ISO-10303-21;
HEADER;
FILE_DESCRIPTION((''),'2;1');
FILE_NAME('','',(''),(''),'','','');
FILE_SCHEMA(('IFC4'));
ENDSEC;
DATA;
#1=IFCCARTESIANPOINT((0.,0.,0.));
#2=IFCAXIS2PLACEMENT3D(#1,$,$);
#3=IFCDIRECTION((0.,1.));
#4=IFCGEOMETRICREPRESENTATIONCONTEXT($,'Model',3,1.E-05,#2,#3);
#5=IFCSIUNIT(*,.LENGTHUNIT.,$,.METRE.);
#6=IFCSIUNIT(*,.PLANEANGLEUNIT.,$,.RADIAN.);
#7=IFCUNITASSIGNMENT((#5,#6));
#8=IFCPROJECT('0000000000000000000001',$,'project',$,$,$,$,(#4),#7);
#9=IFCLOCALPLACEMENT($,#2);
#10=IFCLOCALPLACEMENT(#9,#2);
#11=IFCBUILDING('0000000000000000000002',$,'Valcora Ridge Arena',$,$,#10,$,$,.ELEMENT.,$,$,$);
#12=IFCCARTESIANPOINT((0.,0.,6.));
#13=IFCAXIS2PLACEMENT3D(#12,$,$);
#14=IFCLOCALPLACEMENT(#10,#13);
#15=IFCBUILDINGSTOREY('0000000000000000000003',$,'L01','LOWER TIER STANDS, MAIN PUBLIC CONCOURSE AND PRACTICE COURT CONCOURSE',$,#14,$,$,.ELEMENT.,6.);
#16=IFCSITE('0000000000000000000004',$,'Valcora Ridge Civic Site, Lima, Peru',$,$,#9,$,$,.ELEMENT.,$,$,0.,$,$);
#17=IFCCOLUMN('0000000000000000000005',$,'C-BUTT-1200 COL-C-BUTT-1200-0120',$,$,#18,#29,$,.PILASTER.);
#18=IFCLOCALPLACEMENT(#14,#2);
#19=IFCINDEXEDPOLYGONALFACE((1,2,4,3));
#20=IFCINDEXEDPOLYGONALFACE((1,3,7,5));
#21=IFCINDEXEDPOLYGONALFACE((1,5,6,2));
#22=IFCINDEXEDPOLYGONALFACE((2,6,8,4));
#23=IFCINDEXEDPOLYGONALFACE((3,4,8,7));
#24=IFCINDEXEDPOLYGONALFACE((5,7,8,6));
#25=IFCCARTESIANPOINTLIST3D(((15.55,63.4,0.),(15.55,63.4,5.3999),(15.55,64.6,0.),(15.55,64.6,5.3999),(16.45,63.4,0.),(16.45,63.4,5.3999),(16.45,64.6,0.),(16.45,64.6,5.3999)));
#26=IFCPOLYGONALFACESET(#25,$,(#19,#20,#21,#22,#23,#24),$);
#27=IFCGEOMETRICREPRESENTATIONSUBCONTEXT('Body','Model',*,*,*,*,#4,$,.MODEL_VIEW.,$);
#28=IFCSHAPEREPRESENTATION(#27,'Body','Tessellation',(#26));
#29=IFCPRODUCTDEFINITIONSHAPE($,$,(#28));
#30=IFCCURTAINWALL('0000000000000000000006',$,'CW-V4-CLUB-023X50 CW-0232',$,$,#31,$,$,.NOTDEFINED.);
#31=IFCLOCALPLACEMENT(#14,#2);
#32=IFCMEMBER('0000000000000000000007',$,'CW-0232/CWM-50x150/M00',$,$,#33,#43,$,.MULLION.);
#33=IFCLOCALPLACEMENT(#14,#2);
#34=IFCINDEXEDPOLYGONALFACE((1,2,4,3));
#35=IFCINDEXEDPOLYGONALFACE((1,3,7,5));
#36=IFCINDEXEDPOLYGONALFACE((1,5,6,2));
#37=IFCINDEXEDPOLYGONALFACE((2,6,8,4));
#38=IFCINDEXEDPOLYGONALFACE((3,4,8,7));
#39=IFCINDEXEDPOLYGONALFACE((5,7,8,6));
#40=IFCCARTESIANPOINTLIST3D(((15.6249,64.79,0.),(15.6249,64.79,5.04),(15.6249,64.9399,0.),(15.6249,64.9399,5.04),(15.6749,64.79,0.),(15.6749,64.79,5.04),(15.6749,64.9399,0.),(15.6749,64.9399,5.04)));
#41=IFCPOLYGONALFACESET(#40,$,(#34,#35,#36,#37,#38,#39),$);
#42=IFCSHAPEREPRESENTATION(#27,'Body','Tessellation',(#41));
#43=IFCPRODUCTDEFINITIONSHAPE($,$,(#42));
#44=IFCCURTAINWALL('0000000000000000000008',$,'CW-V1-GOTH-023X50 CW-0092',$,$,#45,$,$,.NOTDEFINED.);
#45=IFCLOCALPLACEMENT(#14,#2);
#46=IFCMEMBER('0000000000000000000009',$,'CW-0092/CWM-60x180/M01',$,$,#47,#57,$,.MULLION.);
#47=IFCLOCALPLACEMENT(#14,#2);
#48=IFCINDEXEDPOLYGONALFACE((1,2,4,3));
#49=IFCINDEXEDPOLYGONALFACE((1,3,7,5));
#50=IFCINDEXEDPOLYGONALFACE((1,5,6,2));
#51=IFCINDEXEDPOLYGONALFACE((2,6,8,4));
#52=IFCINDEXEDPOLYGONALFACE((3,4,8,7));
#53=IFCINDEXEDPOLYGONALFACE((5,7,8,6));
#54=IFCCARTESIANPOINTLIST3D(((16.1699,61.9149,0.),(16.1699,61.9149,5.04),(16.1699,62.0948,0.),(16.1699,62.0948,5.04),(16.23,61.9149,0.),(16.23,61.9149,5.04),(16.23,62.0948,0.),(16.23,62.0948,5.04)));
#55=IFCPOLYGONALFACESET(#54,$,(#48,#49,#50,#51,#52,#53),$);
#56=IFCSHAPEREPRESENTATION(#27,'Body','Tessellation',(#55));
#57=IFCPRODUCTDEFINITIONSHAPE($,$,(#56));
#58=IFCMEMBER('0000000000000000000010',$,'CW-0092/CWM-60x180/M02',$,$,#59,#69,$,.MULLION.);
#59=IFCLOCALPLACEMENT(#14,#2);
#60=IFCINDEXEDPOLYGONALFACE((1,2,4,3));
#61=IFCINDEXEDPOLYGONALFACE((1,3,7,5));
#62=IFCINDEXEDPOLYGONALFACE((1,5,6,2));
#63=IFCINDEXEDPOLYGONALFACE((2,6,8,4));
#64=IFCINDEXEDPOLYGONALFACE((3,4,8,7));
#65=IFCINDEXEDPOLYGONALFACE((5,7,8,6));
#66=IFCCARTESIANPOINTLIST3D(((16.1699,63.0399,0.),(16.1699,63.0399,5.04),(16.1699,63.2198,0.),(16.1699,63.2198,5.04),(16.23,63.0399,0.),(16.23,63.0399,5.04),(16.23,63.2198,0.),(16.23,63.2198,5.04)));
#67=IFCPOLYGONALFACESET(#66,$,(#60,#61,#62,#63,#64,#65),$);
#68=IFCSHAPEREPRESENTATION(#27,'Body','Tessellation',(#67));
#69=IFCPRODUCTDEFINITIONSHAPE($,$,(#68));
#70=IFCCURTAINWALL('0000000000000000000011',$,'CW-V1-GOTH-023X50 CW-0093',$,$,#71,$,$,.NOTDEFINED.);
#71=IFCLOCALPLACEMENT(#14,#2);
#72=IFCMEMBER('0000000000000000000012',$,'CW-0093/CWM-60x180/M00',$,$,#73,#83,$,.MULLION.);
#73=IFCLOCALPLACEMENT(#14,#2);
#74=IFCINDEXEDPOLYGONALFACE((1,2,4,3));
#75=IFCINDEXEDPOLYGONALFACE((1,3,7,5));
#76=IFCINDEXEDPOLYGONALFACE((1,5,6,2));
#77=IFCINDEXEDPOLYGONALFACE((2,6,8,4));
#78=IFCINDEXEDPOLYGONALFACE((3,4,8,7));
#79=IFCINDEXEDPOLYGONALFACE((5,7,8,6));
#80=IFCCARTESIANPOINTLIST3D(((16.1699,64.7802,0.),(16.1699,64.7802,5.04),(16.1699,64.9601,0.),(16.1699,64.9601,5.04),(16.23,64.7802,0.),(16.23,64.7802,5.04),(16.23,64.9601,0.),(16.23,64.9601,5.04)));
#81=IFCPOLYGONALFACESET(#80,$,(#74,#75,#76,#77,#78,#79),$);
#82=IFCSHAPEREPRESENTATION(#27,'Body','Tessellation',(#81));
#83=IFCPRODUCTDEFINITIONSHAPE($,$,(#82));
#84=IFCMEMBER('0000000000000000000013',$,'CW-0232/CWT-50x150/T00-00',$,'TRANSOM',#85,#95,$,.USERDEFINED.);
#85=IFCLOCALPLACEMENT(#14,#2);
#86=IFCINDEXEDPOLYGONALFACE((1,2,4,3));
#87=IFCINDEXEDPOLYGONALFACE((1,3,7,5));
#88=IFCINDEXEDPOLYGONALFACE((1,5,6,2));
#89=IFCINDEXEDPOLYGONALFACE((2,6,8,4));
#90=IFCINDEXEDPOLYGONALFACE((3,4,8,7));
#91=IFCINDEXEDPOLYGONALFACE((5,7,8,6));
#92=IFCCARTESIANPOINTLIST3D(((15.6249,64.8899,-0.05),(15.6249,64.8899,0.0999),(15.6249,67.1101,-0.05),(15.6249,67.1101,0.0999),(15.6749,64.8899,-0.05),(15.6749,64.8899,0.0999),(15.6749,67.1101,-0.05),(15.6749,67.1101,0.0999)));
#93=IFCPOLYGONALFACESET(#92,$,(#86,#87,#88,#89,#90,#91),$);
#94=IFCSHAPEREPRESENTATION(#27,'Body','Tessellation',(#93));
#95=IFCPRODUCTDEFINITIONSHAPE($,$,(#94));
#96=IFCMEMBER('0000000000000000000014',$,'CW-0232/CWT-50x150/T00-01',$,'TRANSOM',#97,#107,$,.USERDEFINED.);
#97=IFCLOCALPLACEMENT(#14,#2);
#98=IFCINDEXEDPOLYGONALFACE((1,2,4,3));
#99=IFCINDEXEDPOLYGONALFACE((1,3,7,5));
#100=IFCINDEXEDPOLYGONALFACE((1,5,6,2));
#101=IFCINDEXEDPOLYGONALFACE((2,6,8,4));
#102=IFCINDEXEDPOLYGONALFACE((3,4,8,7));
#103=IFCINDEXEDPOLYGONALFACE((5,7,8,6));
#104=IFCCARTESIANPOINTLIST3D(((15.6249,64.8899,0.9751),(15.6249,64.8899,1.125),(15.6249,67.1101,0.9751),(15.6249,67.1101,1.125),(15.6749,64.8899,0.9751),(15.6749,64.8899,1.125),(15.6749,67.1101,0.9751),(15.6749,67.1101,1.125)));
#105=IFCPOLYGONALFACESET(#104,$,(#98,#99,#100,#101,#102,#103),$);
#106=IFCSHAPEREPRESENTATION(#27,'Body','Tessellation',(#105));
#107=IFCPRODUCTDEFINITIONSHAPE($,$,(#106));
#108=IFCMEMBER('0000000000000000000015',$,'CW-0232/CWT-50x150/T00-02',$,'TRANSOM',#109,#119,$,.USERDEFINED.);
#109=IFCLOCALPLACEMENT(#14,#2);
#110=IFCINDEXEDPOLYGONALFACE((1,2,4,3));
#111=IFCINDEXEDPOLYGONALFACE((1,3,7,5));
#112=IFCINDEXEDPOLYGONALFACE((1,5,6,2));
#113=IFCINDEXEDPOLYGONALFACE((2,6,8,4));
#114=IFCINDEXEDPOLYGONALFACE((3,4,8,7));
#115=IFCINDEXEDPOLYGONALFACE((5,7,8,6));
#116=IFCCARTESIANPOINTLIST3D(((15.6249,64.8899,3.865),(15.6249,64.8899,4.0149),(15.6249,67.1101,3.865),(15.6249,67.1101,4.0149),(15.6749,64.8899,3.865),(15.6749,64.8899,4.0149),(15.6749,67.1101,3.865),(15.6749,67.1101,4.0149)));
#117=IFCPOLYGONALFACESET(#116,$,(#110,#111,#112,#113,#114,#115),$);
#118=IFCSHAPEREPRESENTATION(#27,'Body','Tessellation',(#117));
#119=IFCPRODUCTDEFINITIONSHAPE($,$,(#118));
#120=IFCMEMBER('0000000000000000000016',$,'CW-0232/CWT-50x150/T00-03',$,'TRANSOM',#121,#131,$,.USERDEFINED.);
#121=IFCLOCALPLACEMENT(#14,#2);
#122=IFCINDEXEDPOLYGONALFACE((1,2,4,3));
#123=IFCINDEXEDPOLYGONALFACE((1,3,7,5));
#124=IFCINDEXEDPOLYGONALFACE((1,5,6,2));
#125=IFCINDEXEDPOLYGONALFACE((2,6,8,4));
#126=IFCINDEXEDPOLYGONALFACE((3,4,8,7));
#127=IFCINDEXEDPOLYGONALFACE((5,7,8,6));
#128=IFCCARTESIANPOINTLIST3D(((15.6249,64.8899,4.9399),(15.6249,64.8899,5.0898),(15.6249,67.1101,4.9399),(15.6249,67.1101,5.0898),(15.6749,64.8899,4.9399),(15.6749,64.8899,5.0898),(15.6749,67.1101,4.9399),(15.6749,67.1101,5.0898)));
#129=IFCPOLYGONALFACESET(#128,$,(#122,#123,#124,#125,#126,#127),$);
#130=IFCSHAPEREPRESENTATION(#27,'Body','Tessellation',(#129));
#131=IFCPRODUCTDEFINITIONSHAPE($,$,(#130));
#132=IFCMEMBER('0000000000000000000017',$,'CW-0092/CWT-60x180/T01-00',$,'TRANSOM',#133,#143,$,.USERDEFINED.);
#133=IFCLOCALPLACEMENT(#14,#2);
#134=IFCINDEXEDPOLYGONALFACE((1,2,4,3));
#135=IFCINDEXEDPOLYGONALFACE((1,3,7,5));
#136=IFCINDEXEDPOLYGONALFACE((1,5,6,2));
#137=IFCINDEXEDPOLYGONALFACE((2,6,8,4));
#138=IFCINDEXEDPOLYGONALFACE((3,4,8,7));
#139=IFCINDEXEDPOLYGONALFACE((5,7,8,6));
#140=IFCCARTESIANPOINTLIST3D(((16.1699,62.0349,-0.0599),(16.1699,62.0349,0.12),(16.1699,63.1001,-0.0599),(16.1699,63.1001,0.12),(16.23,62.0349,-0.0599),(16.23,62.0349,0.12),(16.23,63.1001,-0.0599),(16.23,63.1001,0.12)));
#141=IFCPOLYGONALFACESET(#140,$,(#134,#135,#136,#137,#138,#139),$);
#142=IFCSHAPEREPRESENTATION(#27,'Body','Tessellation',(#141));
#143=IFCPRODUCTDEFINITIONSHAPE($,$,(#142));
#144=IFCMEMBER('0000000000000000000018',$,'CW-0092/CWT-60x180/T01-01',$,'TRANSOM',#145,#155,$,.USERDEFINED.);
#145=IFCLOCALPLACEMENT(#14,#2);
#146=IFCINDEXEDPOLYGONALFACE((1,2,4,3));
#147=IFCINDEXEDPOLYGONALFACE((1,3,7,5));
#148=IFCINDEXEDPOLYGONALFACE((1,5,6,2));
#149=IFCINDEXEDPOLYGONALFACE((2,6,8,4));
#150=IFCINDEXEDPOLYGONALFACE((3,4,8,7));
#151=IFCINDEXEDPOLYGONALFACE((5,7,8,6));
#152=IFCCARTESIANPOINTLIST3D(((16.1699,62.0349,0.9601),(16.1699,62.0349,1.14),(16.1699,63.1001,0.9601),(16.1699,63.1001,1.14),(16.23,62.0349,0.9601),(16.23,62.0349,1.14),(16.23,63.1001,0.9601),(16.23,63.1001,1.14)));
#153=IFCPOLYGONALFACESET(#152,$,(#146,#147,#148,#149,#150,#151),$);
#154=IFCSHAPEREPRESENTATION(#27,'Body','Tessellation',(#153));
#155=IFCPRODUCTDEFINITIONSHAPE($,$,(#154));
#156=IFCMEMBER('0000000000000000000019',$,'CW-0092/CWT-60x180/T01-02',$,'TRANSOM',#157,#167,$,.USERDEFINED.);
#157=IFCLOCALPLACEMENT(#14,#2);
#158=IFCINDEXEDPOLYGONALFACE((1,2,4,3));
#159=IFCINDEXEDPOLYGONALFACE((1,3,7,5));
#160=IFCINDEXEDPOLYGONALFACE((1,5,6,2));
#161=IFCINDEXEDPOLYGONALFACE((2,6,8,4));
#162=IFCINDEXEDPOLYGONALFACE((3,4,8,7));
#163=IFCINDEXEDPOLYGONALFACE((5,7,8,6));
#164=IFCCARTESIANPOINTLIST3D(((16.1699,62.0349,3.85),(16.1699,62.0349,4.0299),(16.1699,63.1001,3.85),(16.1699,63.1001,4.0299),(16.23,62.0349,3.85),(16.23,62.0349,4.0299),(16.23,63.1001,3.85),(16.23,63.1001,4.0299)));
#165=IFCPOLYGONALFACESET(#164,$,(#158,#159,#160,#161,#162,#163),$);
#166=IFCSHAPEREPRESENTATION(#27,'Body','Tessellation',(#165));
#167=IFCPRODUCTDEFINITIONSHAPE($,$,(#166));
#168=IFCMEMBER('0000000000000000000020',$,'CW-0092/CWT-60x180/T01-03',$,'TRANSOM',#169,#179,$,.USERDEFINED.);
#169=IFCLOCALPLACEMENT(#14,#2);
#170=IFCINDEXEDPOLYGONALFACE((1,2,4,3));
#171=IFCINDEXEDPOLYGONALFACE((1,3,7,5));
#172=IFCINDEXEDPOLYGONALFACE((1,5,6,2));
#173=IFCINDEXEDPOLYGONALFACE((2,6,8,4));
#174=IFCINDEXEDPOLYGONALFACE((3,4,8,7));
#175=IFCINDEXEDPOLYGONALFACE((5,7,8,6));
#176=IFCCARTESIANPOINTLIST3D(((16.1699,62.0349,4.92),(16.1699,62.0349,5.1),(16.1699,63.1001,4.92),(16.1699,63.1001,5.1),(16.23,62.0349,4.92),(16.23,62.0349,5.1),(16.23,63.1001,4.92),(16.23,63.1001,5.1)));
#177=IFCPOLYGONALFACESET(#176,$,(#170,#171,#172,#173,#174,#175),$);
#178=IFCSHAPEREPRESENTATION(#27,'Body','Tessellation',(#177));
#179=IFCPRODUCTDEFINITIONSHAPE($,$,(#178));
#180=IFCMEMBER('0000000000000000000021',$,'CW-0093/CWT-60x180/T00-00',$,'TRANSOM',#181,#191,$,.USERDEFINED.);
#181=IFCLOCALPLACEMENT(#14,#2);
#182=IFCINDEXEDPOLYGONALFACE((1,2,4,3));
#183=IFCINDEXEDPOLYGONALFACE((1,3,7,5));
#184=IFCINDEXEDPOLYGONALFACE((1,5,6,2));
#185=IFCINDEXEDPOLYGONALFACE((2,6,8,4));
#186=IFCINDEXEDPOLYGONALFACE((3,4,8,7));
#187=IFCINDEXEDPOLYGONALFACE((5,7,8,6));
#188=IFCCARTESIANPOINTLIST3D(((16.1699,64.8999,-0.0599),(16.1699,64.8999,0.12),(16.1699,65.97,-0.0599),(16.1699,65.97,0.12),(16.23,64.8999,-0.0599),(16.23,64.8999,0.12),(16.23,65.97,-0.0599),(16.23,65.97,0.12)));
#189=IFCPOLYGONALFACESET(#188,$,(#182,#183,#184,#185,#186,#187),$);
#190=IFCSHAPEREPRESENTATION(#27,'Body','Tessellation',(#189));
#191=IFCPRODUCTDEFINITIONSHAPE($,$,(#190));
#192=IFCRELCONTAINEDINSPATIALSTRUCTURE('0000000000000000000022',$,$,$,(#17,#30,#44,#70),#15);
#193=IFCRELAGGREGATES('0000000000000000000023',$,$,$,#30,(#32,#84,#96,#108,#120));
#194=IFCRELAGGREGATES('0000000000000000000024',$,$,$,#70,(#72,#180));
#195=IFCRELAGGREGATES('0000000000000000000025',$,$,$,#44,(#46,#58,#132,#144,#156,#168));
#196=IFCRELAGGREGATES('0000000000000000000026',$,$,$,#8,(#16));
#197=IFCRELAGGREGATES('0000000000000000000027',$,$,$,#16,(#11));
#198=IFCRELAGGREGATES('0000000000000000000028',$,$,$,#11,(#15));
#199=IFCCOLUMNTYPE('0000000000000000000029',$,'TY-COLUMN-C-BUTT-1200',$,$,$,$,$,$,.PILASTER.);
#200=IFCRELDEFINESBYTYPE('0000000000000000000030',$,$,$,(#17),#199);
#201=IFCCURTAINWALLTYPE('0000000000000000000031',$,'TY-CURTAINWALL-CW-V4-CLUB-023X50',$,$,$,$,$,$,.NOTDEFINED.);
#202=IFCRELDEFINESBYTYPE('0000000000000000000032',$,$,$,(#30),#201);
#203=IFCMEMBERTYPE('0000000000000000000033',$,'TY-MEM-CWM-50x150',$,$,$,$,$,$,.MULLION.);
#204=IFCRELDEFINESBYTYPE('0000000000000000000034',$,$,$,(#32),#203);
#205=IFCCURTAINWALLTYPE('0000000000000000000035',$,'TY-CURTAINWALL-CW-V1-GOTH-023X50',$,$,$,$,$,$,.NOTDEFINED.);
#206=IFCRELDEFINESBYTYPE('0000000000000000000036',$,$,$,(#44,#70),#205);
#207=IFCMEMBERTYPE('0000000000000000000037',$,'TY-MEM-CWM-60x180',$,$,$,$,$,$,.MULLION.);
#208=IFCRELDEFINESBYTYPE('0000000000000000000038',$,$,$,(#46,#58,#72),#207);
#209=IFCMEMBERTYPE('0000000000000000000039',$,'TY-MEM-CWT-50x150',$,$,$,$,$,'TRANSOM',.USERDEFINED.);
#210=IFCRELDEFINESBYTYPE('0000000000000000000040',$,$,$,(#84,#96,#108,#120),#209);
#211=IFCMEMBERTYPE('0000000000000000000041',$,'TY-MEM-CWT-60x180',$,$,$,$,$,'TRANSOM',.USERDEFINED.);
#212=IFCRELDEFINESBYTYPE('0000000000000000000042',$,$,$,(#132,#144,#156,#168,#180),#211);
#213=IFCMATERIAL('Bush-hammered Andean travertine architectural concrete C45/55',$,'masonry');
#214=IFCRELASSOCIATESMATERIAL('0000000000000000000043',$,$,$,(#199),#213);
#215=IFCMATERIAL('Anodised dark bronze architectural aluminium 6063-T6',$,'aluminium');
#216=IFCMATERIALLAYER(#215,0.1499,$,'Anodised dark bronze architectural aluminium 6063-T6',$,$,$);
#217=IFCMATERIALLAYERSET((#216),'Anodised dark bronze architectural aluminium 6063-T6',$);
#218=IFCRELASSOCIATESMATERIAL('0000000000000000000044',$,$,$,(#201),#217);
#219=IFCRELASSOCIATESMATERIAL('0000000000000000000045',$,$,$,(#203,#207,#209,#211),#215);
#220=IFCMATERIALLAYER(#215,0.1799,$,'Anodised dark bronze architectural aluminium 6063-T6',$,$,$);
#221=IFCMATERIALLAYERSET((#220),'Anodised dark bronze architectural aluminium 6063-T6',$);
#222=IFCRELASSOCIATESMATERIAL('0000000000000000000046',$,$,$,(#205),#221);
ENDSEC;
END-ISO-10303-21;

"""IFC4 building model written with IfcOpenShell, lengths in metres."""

from ifc_helpers import new_model, si_unit, direction, frame, origin, origin_2d, place, context, subcontext, project, spatial, rectangle, extrude, material, layer, layer_set, material_profile, profile_set, type_object, element, aggregate, save


model = new_model("IFC4")

# Units and contexts
model_context = context("Model", 3, precision=1e-05, world=origin(), true_north=direction((0.0, 1.0)))
body_context = subcontext(model_context, "Body", "Model", "MODEL_VIEW")
ifc_project = project(units=[si_unit("LENGTHUNIT", "METRE"), si_unit("PLANEANGLEUNIT", "RADIAN")], contexts=[model_context])

# Site, building, storey
site_placement = place(None, origin())
site = spatial("IfcSite", under=ifc_project, at=site_placement, Name="Valcora Ridge Civic Site, Lima, Peru", CompositionType="ELEMENT", RefElevation=0.0)
building_placement = place(site_placement, origin())
building = spatial("IfcBuilding", under=site, at=building_placement, Name="Valcora Ridge Arena", CompositionType="ELEMENT")
storey_placement = place(building_placement, frame((0.0, 0.0, 6.0)))
storey = spatial("IfcBuildingStorey", under=building, at=storey_placement, Name="L01", Description="LOWER TIER STANDS, MAIN PUBLIC CONCOURSE AND PRACTICE COURT CONCOURSE", CompositionType="ELEMENT", Elevation=6.0)

# Column
ifc_material_1 = material(Name="Bush-hammered Andean travertine architectural concrete C45/55", Category="masonry")
ifc_material_profile_1 = material_profile(ifc_material_1, rectangle(XDim=0.8999, YDim=1.2, at=origin_2d()), Name="RC 900x1200")
ifc_profile_set_1 = profile_set([ifc_material_profile_1], Name="Bush-hammered Andean travertine architectural concrete C45/55")
column_type = type_object("IfcColumnType", Name="TY-COLUMN-C-BUTT-1200", PredefinedType="PILASTER", material=ifc_profile_set_1)
column_placement = place(storey_placement, frame((16.0, 64.0, 0.0), z_axis=(0.0, 0.0, 1.0), x_axis=(1.0, 0.0, 0.0)))
element("IfcColumn", 1, at=column_placement, inside=storey, type_object=column_type, Name="C-BUTT-1200 COL-C-BUTT-1200-0120", PredefinedType="PILASTER", context=body_context, shape_type="SweptSolid", body=[
    extrude(rectangle(XDim=0.8999, YDim=1.2, at=origin_2d()), origin(), (0.0, 0.0, 1.0), 5.3999),
])

# Curtain wall, member
ifc_material_2 = material(Name="Anodised dark bronze architectural aluminium 6063-T6", Category="aluminium")
ifc_layer_1 = layer(ifc_material_2, 0.1499, Name="Anodised dark bronze architectural aluminium 6063-T6")
ifc_layer_set_1 = layer_set([ifc_layer_1], Name="Anodised dark bronze architectural aluminium 6063-T6")
curtain_wall_type_1 = type_object("IfcCurtainWallType", Name="TY-CURTAINWALL-CW-V4-CLUB-023X50", PredefinedType="NOTDEFINED", material=ifc_layer_set_1)
curtain_wall_1_placement = place(storey_placement, origin())
curtain_wall_1 = element("IfcCurtainWall", 2, at=curtain_wall_1_placement, inside=storey, type_object=curtain_wall_type_1, Name="CW-V4-CLUB-023X50 CW-0232", PredefinedType="NOTDEFINED")
ifc_material_profile_2 = material_profile(ifc_material_2, rectangle(XDim=0.05, YDim=0.1499, at=origin_2d()), Name="ALU MULLION 50x150")
ifc_profile_set_2 = profile_set([ifc_material_profile_2], Name="Anodised dark bronze architectural aluminium 6063-T6")
member_type_1 = type_object("IfcMemberType", Name="TY-MEM-CWM-50x150", PredefinedType="MULLION", material=ifc_profile_set_2)
member_1_placement = place(storey_placement, frame((15.6499, 64.865, 0.0), z_axis=(0.0, 0.0, 1.0), x_axis=(-1.0, 0.0, 0.0)))
member_1 = element("IfcMember", 3, at=member_1_placement, type_object=member_type_1, Name="CW-0232/CWM-50x150/M00", PredefinedType="MULLION", context=body_context, shape_type="SweptSolid", body=[
    extrude(rectangle(XDim=0.05, YDim=0.1499, at=origin_2d()), origin(), (0.0, 0.0, 1.0), 5.04),
])

# Curtain wall, members
ifc_layer_2 = layer(ifc_material_2, 0.1799, Name="Anodised dark bronze architectural aluminium 6063-T6")
ifc_layer_set_2 = layer_set([ifc_layer_2], Name="Anodised dark bronze architectural aluminium 6063-T6")
curtain_wall_type_2 = type_object("IfcCurtainWallType", Name="TY-CURTAINWALL-CW-V1-GOTH-023X50", PredefinedType="NOTDEFINED", material=ifc_layer_set_2)
curtain_wall_2_placement = place(storey_placement, origin())
curtain_wall_2 = element("IfcCurtainWall", 4, at=curtain_wall_2_placement, inside=storey, type_object=curtain_wall_type_2, Name="CW-V1-GOTH-023X50 CW-0092", PredefinedType="NOTDEFINED")
ifc_material_profile_3 = material_profile(ifc_material_2, rectangle(XDim=0.0601, YDim=0.1799, at=origin_2d()), Name="ALU MULLION 60x180")
ifc_profile_set_3 = profile_set([ifc_material_profile_3], Name="Anodised dark bronze architectural aluminium 6063-T6")
member_type_2 = type_object("IfcMemberType", Name="TY-MEM-CWM-60x180", PredefinedType="MULLION", material=ifc_profile_set_3)
member_2_placement = place(storey_placement, frame((16.2, 62.0049, 0.0), z_axis=(0.0, 0.0, 1.0), x_axis=(-1.0, 0.0, 0.0)))
member_2 = element("IfcMember", 5, at=member_2_placement, type_object=member_type_2, Name="CW-0092/CWM-60x180/M01", PredefinedType="MULLION", context=body_context, shape_type="SweptSolid", body=[
    extrude(rectangle(XDim=0.0601, YDim=0.1799, at=origin_2d()), origin(), (0.0, 0.0, 1.0), 5.04),
])
member_3_placement = place(storey_placement, frame((16.2, 63.1299, 0.0), z_axis=(0.0, 0.0, 1.0), x_axis=(-1.0, 0.0, 0.0)))
member_3 = element("IfcMember", 6, at=member_3_placement, type_object=member_type_2, Name="CW-0092/CWM-60x180/M02", PredefinedType="MULLION", context=body_context, shape_type="SweptSolid", body=[
    extrude(rectangle(XDim=0.0601, YDim=0.1799, at=origin_2d()), origin(), (0.0, 0.0, 1.0), 5.04),
])

# Curtain wall, member
curtain_wall_3_placement = place(storey_placement, origin())
curtain_wall_3 = element("IfcCurtainWall", 7, at=curtain_wall_3_placement, inside=storey, type_object=curtain_wall_type_2, Name="CW-V1-GOTH-023X50 CW-0093", PredefinedType="NOTDEFINED")
member_4_placement = place(storey_placement, frame((16.2, 64.8701, 0.0), z_axis=(0.0, 0.0, 1.0), x_axis=(-1.0, 0.0, 0.0)))
member_4 = element("IfcMember", 8, at=member_4_placement, type_object=member_type_2, Name="CW-0093/CWM-60x180/M00", PredefinedType="MULLION", context=body_context, shape_type="SweptSolid", body=[
    extrude(rectangle(XDim=0.0601, YDim=0.1799, at=origin_2d()), origin(), (0.0, 0.0, 1.0), 5.04),
])

# Members
ifc_material_profile_4 = material_profile(ifc_material_2, rectangle(XDim=0.05, YDim=0.1499, at=origin_2d()), Name="ALU TRANSOM 50x150")
ifc_profile_set_4 = profile_set([ifc_material_profile_4], Name="Anodised dark bronze architectural aluminium 6063-T6")
member_type_3 = type_object("IfcMemberType", Name="TY-MEM-CWT-50x150", ElementType="TRANSOM", PredefinedType="USERDEFINED", material=ifc_profile_set_4)
member_5_placement = place(storey_placement, frame((15.6499, 64.8899, 0.0249), z_axis=(0.0, 1.0, 0.0), x_axis=(-1.0, 0.0, 0.0)))
member_5 = element("IfcMember", 9, at=member_5_placement, type_object=member_type_3, Name="CW-0232/CWT-50x150/T00-00", ObjectType="TRANSOM", PredefinedType="USERDEFINED", context=body_context, shape_type="SweptSolid", body=[
    extrude(rectangle(XDim=0.05, YDim=0.1499, at=origin_2d()), origin(), (0.0, 0.0, 1.0), 2.2202),
])
member_6_placement = place(storey_placement, frame((15.6499, 64.8899, 1.05), z_axis=(0.0, 1.0, 0.0), x_axis=(-1.0, 0.0, 0.0)))
member_6 = element("IfcMember", 10, at=member_6_placement, type_object=member_type_3, Name="CW-0232/CWT-50x150/T00-01", ObjectType="TRANSOM", PredefinedType="USERDEFINED", context=body_context, shape_type="SweptSolid", body=[
    extrude(rectangle(XDim=0.05, YDim=0.1499, at=origin_2d()), origin(), (0.0, 0.0, 1.0), 2.2202),
])
member_7_placement = place(storey_placement, frame((15.6499, 64.8899, 3.9399), z_axis=(0.0, 1.0, 0.0), x_axis=(-1.0, 0.0, 0.0)))
member_7 = element("IfcMember", 11, at=member_7_placement, type_object=member_type_3, Name="CW-0232/CWT-50x150/T00-02", ObjectType="TRANSOM", PredefinedType="USERDEFINED", context=body_context, shape_type="SweptSolid", body=[
    extrude(rectangle(XDim=0.05, YDim=0.1499, at=origin_2d()), origin(), (0.0, 0.0, 1.0), 2.2202),
])
member_8_placement = place(storey_placement, frame((15.6499, 64.8899, 5.0149), z_axis=(0.0, 1.0, 0.0), x_axis=(-1.0, 0.0, 0.0)))
member_8 = element("IfcMember", 12, at=member_8_placement, type_object=member_type_3, Name="CW-0232/CWT-50x150/T00-03", ObjectType="TRANSOM", PredefinedType="USERDEFINED", context=body_context, shape_type="SweptSolid", body=[
    extrude(rectangle(XDim=0.05, YDim=0.1499, at=origin_2d()), origin(), (0.0, 0.0, 1.0), 2.2202),
])
aggregate(curtain_wall_1, [member_1, member_5, member_6, member_7, member_8])
ifc_material_profile_5 = material_profile(ifc_material_2, rectangle(XDim=0.0601, YDim=0.1799, at=origin_2d()), Name="ALU TRANSOM 60x180")
ifc_profile_set_5 = profile_set([ifc_material_profile_5], Name="Anodised dark bronze architectural aluminium 6063-T6")
member_type_4 = type_object("IfcMemberType", Name="TY-MEM-CWT-60x180", ElementType="TRANSOM", PredefinedType="USERDEFINED", material=ifc_profile_set_5)
member_9_placement = place(storey_placement, frame((16.2, 62.0349, 0.03), z_axis=(0.0, 1.0, 0.0), x_axis=(-1.0, 0.0, 0.0)))
member_9 = element("IfcMember", 13, at=member_9_placement, type_object=member_type_4, Name="CW-0092/CWT-60x180/T01-00", ObjectType="TRANSOM", PredefinedType="USERDEFINED", context=body_context, shape_type="SweptSolid", body=[
    extrude(rectangle(XDim=0.0601, YDim=0.1799, at=origin_2d()), origin(), (0.0, 0.0, 1.0), 1.0652),
])
member_10_placement = place(storey_placement, frame((16.2, 62.0349, 1.05), z_axis=(0.0, 1.0, 0.0), x_axis=(-1.0, 0.0, 0.0)))
member_10 = element("IfcMember", 14, at=member_10_placement, type_object=member_type_4, Name="CW-0092/CWT-60x180/T01-01", ObjectType="TRANSOM", PredefinedType="USERDEFINED", context=body_context, shape_type="SweptSolid", body=[
    extrude(rectangle(XDim=0.0601, YDim=0.1799, at=origin_2d()), origin(), (0.0, 0.0, 1.0), 1.0652),
])
member_11_placement = place(storey_placement, frame((16.2, 62.0349, 3.9399), z_axis=(0.0, 1.0, 0.0), x_axis=(-1.0, 0.0, 0.0)))
member_11 = element("IfcMember", 15, at=member_11_placement, type_object=member_type_4, Name="CW-0092/CWT-60x180/T01-02", ObjectType="TRANSOM", PredefinedType="USERDEFINED", context=body_context, shape_type="SweptSolid", body=[
    extrude(rectangle(XDim=0.0601, YDim=0.1799, at=origin_2d()), origin(), (0.0, 0.0, 1.0), 1.0652),
])
member_12_placement = place(storey_placement, frame((16.2, 62.0349, 5.01), z_axis=(0.0, 1.0, 0.0), x_axis=(-1.0, 0.0, 0.0)))
member_12 = element("IfcMember", 16, at=member_12_placement, type_object=member_type_4, Name="CW-0092/CWT-60x180/T01-03", ObjectType="TRANSOM", PredefinedType="USERDEFINED", context=body_context, shape_type="SweptSolid", body=[
    extrude(rectangle(XDim=0.0601, YDim=0.1799, at=origin_2d()), origin(), (0.0, 0.0, 1.0), 1.0652),
])
member_13_placement = place(storey_placement, frame((16.2, 64.8999, 0.03), z_axis=(0.0, 1.0, 0.0), x_axis=(-1.0, 0.0, 0.0)))
member_13 = element("IfcMember", 17, at=member_13_placement, type_object=member_type_4, Name="CW-0093/CWT-60x180/T00-00", ObjectType="TRANSOM", PredefinedType="USERDEFINED", context=body_context, shape_type="SweptSolid", body=[
    extrude(rectangle(XDim=0.0601, YDim=0.1799, at=origin_2d()), origin(), (0.0, 0.0, 1.0), 1.0701),
])
aggregate(curtain_wall_3, [member_4, member_13])

aggregate(curtain_wall_2, [member_2, member_3, member_9, member_10, member_11, member_12])

save(model, "model.ifc")
